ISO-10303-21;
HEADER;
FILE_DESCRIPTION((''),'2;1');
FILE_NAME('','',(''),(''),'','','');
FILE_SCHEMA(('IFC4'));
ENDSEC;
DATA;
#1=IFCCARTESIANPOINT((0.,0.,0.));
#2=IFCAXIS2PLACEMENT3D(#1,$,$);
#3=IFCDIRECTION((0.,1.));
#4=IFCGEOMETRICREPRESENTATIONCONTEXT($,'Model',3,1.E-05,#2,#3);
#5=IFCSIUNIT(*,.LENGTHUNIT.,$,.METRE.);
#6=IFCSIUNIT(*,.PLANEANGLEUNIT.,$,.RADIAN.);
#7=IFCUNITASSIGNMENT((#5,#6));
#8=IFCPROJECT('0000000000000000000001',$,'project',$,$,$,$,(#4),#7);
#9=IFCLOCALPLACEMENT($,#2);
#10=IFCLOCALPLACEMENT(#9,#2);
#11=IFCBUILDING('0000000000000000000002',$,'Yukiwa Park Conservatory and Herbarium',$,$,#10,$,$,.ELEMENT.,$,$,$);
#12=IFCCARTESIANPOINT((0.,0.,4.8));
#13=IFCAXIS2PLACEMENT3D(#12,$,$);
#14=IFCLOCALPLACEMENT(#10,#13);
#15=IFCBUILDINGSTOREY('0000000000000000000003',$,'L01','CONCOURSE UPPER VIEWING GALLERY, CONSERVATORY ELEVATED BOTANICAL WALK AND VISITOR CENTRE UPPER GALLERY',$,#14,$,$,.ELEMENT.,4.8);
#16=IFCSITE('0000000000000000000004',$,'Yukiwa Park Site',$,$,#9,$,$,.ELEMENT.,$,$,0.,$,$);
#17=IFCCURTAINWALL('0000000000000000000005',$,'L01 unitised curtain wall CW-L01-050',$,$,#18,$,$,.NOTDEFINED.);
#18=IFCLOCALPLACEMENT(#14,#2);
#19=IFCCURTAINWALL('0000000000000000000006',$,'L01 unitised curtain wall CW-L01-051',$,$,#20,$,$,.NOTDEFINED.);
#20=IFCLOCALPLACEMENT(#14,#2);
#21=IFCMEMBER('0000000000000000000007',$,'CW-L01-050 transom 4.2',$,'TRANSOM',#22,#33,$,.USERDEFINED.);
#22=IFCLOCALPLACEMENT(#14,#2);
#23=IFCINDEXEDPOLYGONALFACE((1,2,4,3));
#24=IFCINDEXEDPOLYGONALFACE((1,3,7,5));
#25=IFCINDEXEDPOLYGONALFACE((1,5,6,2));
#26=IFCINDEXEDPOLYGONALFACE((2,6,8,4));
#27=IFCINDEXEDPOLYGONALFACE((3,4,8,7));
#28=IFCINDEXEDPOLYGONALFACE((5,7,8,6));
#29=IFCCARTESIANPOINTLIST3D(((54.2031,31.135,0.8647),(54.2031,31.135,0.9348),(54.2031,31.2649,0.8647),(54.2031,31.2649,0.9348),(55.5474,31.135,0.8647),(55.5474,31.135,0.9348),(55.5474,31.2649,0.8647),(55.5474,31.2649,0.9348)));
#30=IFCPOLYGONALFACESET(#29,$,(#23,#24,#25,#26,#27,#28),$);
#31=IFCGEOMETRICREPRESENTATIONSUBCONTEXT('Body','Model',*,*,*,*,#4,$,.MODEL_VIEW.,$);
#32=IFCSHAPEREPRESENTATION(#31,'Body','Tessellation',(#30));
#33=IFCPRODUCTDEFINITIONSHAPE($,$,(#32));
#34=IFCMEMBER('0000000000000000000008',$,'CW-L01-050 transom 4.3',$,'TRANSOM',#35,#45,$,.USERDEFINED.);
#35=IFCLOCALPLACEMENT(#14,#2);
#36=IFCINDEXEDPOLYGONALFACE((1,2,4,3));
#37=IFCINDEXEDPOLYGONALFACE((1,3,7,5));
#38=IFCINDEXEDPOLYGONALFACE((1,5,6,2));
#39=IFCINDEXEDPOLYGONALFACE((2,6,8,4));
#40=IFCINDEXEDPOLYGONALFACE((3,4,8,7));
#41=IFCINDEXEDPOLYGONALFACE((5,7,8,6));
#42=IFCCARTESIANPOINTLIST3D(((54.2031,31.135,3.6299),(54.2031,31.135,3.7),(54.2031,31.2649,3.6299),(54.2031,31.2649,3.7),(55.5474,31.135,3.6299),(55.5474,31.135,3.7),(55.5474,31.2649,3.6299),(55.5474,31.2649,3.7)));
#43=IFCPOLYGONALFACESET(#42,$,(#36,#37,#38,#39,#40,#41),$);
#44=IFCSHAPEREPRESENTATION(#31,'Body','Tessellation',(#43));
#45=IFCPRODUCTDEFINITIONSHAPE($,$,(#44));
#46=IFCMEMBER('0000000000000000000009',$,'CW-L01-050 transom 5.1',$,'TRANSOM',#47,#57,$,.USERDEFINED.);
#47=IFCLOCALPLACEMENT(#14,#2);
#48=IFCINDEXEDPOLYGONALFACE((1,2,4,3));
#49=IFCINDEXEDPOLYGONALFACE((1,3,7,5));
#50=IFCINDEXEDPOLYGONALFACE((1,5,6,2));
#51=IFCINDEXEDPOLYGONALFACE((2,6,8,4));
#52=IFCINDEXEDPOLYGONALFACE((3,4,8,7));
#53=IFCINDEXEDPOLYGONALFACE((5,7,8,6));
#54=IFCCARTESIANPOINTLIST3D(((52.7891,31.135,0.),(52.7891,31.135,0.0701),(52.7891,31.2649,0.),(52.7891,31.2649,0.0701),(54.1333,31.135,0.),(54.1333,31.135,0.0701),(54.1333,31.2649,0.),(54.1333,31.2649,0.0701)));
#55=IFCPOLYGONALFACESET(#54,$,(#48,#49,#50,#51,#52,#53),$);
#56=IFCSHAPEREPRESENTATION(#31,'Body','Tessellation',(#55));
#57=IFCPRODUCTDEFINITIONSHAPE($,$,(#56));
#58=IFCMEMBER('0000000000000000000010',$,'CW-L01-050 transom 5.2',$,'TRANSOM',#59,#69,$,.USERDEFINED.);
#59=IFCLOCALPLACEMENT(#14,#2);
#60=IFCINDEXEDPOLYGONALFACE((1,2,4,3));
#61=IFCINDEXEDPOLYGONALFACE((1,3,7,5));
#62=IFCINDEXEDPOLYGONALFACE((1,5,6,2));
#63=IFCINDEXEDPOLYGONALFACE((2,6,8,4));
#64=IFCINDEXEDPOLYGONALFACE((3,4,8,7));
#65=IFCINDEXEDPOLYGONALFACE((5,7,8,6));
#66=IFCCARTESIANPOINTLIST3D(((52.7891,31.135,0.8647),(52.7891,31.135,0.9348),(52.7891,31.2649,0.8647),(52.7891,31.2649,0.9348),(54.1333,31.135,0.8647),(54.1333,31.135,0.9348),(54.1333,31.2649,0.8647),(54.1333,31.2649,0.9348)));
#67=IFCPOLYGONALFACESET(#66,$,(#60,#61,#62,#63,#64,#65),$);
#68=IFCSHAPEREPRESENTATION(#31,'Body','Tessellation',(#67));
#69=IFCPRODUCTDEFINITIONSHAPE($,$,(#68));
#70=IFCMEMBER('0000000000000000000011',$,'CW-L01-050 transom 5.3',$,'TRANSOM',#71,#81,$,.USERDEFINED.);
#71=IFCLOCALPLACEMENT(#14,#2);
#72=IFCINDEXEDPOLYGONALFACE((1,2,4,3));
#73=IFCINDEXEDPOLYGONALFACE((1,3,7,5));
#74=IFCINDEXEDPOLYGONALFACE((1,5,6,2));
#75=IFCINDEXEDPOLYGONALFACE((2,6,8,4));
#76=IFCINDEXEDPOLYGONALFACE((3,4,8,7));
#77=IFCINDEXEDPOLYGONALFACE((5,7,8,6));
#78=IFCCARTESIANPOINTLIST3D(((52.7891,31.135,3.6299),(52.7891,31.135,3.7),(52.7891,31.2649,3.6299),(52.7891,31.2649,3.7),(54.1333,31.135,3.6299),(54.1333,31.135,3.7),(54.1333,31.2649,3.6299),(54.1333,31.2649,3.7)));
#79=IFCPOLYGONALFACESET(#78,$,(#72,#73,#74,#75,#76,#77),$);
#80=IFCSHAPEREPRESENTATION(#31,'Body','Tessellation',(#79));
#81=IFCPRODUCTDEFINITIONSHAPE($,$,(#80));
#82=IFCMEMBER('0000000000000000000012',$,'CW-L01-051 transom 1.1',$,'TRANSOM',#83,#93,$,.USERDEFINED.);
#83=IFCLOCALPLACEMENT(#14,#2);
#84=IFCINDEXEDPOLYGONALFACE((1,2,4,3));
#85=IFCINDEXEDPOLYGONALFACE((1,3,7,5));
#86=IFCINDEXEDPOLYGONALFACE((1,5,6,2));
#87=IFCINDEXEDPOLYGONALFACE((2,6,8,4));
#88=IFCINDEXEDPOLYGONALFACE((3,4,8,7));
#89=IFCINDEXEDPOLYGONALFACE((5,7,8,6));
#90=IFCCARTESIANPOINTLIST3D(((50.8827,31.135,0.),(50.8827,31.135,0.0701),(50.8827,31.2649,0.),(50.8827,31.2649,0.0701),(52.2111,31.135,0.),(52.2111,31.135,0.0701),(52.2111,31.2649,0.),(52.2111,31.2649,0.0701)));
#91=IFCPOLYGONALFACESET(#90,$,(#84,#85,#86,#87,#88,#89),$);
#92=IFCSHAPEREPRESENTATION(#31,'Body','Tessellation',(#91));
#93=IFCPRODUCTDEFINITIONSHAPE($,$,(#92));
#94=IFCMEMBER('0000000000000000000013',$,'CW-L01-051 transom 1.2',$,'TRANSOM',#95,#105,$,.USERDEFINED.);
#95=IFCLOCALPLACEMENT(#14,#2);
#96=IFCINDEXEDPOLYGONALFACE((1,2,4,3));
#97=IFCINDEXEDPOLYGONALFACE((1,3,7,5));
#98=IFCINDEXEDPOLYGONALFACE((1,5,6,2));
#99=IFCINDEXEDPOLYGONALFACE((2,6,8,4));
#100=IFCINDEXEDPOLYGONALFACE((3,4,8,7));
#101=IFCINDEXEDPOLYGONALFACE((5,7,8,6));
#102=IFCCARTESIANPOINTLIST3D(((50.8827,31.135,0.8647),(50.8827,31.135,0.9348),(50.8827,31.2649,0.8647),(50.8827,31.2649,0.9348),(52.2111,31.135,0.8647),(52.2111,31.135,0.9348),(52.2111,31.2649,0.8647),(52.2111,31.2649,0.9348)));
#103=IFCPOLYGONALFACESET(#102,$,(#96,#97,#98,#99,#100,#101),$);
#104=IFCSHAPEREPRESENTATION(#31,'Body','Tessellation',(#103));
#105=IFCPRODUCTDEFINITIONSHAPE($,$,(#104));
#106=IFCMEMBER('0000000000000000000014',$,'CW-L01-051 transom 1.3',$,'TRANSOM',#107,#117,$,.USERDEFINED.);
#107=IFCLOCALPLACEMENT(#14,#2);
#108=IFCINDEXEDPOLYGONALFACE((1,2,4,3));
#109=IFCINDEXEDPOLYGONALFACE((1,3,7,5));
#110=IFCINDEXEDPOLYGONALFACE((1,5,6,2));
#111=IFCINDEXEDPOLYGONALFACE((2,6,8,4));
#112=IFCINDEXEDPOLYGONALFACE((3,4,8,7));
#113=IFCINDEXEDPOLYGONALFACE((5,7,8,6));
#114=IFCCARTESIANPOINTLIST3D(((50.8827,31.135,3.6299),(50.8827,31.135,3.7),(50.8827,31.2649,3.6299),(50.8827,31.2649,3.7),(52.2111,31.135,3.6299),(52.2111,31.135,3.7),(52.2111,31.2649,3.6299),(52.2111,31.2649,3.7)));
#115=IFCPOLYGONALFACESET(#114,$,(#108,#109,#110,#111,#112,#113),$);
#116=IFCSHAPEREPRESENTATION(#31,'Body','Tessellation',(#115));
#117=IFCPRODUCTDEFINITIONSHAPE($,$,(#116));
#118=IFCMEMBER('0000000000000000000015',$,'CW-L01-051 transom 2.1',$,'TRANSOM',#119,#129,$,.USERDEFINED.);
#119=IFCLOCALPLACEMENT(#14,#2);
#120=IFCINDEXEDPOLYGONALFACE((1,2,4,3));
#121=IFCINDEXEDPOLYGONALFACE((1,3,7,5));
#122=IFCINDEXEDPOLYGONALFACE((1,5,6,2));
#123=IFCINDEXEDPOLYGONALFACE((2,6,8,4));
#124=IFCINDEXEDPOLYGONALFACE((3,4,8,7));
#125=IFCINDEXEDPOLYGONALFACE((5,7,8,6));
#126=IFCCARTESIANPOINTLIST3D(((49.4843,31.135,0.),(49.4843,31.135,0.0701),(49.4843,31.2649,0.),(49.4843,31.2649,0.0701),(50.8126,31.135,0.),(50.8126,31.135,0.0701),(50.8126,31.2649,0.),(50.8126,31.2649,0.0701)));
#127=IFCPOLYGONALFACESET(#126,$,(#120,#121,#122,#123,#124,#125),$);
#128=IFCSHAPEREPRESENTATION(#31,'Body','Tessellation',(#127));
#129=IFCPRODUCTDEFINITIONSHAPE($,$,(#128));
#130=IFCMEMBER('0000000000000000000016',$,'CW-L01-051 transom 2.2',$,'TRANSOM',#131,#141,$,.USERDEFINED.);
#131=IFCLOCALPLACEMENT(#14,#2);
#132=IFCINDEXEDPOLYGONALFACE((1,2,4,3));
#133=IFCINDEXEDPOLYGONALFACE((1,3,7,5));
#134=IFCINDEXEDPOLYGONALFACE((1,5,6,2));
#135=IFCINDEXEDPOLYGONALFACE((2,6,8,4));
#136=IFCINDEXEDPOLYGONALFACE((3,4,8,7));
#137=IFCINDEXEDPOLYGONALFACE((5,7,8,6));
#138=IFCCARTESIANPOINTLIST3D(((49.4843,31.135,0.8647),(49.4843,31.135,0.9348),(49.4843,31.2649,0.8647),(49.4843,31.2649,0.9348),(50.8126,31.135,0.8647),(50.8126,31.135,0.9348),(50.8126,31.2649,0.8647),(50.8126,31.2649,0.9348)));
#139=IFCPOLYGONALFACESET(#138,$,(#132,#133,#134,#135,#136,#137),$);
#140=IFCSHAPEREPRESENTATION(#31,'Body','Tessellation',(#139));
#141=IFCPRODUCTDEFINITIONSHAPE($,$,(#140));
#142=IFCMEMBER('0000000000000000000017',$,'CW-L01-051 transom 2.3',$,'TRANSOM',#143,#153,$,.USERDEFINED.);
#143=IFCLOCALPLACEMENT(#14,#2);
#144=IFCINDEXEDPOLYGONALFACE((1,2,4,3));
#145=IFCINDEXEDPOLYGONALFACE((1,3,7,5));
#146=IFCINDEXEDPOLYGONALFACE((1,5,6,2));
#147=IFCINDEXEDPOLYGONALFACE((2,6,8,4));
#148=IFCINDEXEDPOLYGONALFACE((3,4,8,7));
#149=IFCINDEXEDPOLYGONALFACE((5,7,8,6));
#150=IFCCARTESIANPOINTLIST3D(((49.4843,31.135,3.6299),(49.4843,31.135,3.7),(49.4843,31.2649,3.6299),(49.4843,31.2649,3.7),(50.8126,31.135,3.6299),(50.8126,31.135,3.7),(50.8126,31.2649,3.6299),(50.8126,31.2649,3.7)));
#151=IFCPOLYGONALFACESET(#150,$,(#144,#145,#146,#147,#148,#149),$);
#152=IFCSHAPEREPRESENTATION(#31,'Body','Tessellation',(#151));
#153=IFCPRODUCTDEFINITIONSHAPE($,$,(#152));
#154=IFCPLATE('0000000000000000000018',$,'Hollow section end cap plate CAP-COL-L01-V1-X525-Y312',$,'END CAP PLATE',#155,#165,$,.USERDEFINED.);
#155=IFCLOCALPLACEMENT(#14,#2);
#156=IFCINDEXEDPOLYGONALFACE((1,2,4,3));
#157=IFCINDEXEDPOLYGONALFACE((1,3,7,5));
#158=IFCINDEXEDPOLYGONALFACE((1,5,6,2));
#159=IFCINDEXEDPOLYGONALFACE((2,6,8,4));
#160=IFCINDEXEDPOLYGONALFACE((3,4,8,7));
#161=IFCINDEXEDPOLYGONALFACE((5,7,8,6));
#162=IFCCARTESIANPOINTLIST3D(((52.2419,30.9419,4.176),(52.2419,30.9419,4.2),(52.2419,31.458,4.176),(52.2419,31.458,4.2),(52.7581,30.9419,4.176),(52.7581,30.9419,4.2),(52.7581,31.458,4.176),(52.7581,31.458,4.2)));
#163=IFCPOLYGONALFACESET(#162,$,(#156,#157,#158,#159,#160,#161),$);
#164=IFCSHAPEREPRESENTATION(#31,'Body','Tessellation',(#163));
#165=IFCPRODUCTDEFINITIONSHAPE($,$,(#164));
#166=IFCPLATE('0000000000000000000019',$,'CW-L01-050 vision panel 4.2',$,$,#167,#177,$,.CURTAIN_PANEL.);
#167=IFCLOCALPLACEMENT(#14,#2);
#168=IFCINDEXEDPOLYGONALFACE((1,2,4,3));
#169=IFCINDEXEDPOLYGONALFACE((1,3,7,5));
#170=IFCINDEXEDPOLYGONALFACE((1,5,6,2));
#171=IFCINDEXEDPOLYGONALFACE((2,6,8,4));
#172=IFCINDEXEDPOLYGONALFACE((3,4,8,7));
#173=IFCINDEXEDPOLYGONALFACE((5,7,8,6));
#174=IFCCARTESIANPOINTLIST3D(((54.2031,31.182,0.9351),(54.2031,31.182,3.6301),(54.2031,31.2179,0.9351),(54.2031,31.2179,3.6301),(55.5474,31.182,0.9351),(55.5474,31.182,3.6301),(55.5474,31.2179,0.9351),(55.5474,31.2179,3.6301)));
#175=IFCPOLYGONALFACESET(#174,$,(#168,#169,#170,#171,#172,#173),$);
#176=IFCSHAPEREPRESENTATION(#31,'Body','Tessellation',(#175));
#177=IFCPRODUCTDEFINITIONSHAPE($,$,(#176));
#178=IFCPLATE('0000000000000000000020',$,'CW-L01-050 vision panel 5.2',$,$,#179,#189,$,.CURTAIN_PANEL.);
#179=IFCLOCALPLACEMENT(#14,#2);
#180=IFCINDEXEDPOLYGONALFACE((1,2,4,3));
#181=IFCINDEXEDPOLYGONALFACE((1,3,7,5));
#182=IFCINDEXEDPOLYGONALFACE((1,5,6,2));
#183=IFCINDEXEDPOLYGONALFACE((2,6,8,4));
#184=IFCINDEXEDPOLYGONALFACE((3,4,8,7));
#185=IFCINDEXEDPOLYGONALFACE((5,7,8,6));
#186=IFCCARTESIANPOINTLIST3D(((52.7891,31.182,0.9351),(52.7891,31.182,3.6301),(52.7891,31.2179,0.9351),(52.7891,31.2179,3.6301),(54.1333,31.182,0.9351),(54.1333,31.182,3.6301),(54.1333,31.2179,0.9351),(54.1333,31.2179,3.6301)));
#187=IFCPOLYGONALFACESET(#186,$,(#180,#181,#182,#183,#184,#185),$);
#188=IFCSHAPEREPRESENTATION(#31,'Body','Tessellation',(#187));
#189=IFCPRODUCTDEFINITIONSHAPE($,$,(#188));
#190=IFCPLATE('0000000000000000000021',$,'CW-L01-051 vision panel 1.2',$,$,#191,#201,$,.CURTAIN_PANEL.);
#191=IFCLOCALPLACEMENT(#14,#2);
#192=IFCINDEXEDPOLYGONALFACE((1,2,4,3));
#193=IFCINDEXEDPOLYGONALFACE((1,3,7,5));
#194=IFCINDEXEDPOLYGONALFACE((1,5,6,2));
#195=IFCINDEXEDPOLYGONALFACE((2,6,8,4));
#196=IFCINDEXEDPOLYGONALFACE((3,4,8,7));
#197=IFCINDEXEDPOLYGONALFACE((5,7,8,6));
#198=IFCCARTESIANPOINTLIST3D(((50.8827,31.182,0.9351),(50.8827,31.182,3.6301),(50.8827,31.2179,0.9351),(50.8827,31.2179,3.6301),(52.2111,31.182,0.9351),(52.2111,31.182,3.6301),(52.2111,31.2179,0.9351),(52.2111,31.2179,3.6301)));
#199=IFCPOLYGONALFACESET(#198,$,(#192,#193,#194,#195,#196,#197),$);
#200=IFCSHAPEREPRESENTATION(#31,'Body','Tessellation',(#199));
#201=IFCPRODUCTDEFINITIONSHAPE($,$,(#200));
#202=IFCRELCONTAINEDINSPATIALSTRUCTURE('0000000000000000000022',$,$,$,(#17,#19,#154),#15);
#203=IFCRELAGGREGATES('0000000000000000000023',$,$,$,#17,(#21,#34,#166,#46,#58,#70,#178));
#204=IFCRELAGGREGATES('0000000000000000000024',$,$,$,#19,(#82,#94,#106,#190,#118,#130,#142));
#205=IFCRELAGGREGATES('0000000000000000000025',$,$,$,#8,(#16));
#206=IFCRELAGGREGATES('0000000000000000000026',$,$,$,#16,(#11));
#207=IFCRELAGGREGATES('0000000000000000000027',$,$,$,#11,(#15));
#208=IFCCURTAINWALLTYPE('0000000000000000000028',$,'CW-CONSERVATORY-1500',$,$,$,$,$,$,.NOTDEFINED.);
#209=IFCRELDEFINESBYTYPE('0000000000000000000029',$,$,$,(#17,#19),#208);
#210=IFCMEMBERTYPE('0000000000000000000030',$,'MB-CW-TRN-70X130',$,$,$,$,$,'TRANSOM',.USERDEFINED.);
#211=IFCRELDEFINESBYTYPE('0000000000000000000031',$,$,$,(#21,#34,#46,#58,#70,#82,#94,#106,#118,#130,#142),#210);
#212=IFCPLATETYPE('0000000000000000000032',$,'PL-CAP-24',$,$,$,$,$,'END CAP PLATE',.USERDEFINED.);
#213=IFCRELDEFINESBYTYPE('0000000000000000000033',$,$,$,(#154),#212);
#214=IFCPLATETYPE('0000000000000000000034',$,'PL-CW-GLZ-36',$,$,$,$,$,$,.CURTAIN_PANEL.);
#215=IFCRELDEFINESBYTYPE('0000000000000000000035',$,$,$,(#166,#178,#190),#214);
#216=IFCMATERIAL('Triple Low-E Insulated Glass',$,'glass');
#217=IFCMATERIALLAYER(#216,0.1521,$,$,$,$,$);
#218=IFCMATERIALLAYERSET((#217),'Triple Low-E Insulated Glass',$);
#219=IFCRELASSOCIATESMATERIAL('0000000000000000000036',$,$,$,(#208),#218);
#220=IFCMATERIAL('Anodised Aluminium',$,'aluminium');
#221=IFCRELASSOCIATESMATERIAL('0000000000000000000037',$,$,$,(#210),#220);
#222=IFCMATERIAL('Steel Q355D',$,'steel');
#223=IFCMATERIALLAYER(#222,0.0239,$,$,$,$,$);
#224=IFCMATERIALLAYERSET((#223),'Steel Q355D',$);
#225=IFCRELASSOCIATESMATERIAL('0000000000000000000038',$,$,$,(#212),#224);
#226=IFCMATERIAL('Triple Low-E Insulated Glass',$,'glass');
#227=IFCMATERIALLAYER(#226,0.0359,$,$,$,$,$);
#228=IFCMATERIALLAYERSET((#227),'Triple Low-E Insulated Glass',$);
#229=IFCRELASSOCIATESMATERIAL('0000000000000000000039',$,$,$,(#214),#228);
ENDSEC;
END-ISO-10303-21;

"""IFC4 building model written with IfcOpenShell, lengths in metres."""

from ifc_helpers import new_model, si_unit, direction, frame, origin, origin_2d, place, context, subcontext, project, spatial, rectangle, extrude, material, layer, layer_set, type_object, element, aggregate, save


model = new_model("IFC4")

# Units and contexts
model_context = context("Model", 3, precision=1e-05, world=origin(), true_north=direction((0.0, 1.0)))
body_context = subcontext(model_context, "Body", "Model", "MODEL_VIEW")
ifc_project = project(units=[si_unit("LENGTHUNIT", "METRE"), si_unit("PLANEANGLEUNIT", "RADIAN")], contexts=[model_context])

# Site, building, storey
site_placement = place(None, origin())
site = spatial("IfcSite", under=ifc_project, at=site_placement, Name="Yukiwa Park Site", CompositionType="ELEMENT", RefElevation=0.0)
building_placement = place(site_placement, origin())
building = spatial("IfcBuilding", under=site, at=building_placement, Name="Yukiwa Park Conservatory and Herbarium", CompositionType="ELEMENT")
storey_placement = place(building_placement, frame((0.0, 0.0, 4.8)))
storey = spatial("IfcBuildingStorey", under=building, at=storey_placement, Name="L01", Description="CONCOURSE UPPER VIEWING GALLERY, CONSERVATORY ELEVATED BOTANICAL WALK AND VISITOR CENTRE UPPER GALLERY", CompositionType="ELEMENT", Elevation=4.8)

# Curtain walls
ifc_material_1 = material(Name="Triple Low-E Insulated Glass", Category="glass")
ifc_layer_1 = layer(ifc_material_1, 0.1521)
ifc_layer_set_1 = layer_set([ifc_layer_1], Name="Triple Low-E Insulated Glass")
curtain_wall_type = type_object("IfcCurtainWallType", Name="CW-CONSERVATORY-1500", PredefinedType="NOTDEFINED", material=ifc_layer_set_1)
curtain_wall_1_placement = place(storey_placement, origin())
curtain_wall_1 = element("IfcCurtainWall", 1, at=curtain_wall_1_placement, inside=storey, type_object=curtain_wall_type, Name="L01 unitised curtain wall CW-L01-050", PredefinedType="NOTDEFINED")
curtain_wall_2_placement = place(storey_placement, origin())
curtain_wall_2 = element("IfcCurtainWall", 2, at=curtain_wall_2_placement, inside=storey, type_object=curtain_wall_type, Name="L01 unitised curtain wall CW-L01-051", PredefinedType="NOTDEFINED")

# Members
ifc_material_2 = material(Name="Anodised Aluminium", Category="aluminium")
member_type_1 = type_object("IfcMemberType", Name="MB-CW-TRN-70X130", ElementType="TRANSOM", PredefinedType="USERDEFINED", material=ifc_material_2)
member_1_placement = place(storey_placement, frame((54.8752, 31.2, 0.8647), z_axis=(0.0, 0.0, 1.0), x_axis=(-1.0, 0.0, 0.0)))
member_1 = element("IfcMember", 3, at=member_1_placement, type_object=member_type_1, Name="CW-L01-050 transom 4.2", ObjectType="TRANSOM", PredefinedType="USERDEFINED", context=body_context, shape_type="SweptSolid", body=[
    extrude(rectangle(XDim=1.3442, YDim=0.1299, at=origin_2d()), origin(), (0.0, 0.0, 1.0), 0.0701),
])
member_2_placement = place(storey_placement, frame((54.8752, 31.2, 3.6299), z_axis=(0.0, 0.0, 1.0), x_axis=(-1.0, 0.0, 0.0)))
member_2 = element("IfcMember", 4, at=member_2_placement, type_object=member_type_1, Name="CW-L01-050 transom 4.3", ObjectType="TRANSOM", PredefinedType="USERDEFINED", context=body_context, shape_type="SweptSolid", body=[
    extrude(rectangle(XDim=1.3442, YDim=0.1299, at=origin_2d()), origin(), (0.0, 0.0, 1.0), 0.0701),
])
member_3_placement = place(storey_placement, frame((53.4612, 31.2, 0.0), z_axis=(0.0, 0.0, 1.0), x_axis=(-1.0, 0.0, 0.0)))
member_3 = element("IfcMember", 5, at=member_3_placement, type_object=member_type_1, Name="CW-L01-050 transom 5.1", ObjectType="TRANSOM", PredefinedType="USERDEFINED", context=body_context, shape_type="SweptSolid", body=[
    extrude(rectangle(XDim=1.3442, YDim=0.1299, at=origin_2d()), origin(), (0.0, 0.0, 1.0), 0.0701),
])
member_4_placement = place(storey_placement, frame((53.4612, 31.2, 0.8647), z_axis=(0.0, 0.0, 1.0), x_axis=(-1.0, 0.0, 0.0)))
member_4 = element("IfcMember", 6, at=member_4_placement, type_object=member_type_1, Name="CW-L01-050 transom 5.2", ObjectType="TRANSOM", PredefinedType="USERDEFINED", context=body_context, shape_type="SweptSolid", body=[
    extrude(rectangle(XDim=1.3442, YDim=0.1299, at=origin_2d()), origin(), (0.0, 0.0, 1.0), 0.0701),
])
member_5_placement = place(storey_placement, frame((53.4612, 31.2, 3.6299), z_axis=(0.0, 0.0, 1.0), x_axis=(-1.0, 0.0, 0.0)))
member_5 = element("IfcMember", 7, at=member_5_placement, type_object=member_type_1, Name="CW-L01-050 transom 5.3", ObjectType="TRANSOM", PredefinedType="USERDEFINED", context=body_context, shape_type="SweptSolid", body=[
    extrude(rectangle(XDim=1.3442, YDim=0.1299, at=origin_2d()), origin(), (0.0, 0.0, 1.0), 0.0701),
])
member_6_placement = place(storey_placement, frame((51.5469, 31.2, 0.0), z_axis=(0.0, 0.0, 1.0), x_axis=(-1.0, 0.0, 0.0)))
member_6 = element("IfcMember", 8, at=member_6_placement, type_object=member_type_1, Name="CW-L01-051 transom 1.1", ObjectType="TRANSOM", PredefinedType="USERDEFINED", context=body_context, shape_type="SweptSolid", body=[
    extrude(rectangle(XDim=1.3284, YDim=0.1299, at=origin_2d()), origin(), (0.0, 0.0, 1.0), 0.0701),
])
member_7_placement = place(storey_placement, frame((51.5469, 31.2, 0.8647), z_axis=(0.0, 0.0, 1.0), x_axis=(-1.0, 0.0, 0.0)))
member_7 = element("IfcMember", 9, at=member_7_placement, type_object=member_type_1, Name="CW-L01-051 transom 1.2", ObjectType="TRANSOM", PredefinedType="USERDEFINED", context=body_context, shape_type="SweptSolid", body=[
    extrude(rectangle(XDim=1.3284, YDim=0.1299, at=origin_2d()), origin(), (0.0, 0.0, 1.0), 0.0701),
])
member_8_placement = place(storey_placement, frame((51.5469, 31.2, 3.6299), z_axis=(0.0, 0.0, 1.0), x_axis=(-1.0, 0.0, 0.0)))
member_8 = element("IfcMember", 10, at=member_8_placement, type_object=member_type_1, Name="CW-L01-051 transom 1.3", ObjectType="TRANSOM", PredefinedType="USERDEFINED", context=body_context, shape_type="SweptSolid", body=[
    extrude(rectangle(XDim=1.3284, YDim=0.1299, at=origin_2d()), origin(), (0.0, 0.0, 1.0), 0.0701),
])
member_9_placement = place(storey_placement, frame((50.1484, 31.2, 0.0), z_axis=(0.0, 0.0, 1.0), x_axis=(-1.0, 0.0, 0.0)))
member_9 = element("IfcMember", 11, at=member_9_placement, type_object=member_type_1, Name="CW-L01-051 transom 2.1", ObjectType="TRANSOM", PredefinedType="USERDEFINED", context=body_context, shape_type="SweptSolid", body=[
    extrude(rectangle(XDim=1.3284, YDim=0.1299, at=origin_2d()), origin(), (0.0, 0.0, 1.0), 0.0701),
])
member_10_placement = place(storey_placement, frame((50.1484, 31.2, 0.8647), z_axis=(0.0, 0.0, 1.0), x_axis=(-1.0, 0.0, 0.0)))
member_10 = element("IfcMember", 12, at=member_10_placement, type_object=member_type_1, Name="CW-L01-051 transom 2.2", ObjectType="TRANSOM", PredefinedType="USERDEFINED", context=body_context, shape_type="SweptSolid", body=[
    extrude(rectangle(XDim=1.3284, YDim=0.1299, at=origin_2d()), origin(), (0.0, 0.0, 1.0), 0.0701),
])
member_11_placement = place(storey_placement, frame((50.1484, 31.2, 3.6299), z_axis=(0.0, 0.0, 1.0), x_axis=(-1.0, 0.0, 0.0)))
member_11 = element("IfcMember", 13, at=member_11_placement, type_object=member_type_1, Name="CW-L01-051 transom 2.3", ObjectType="TRANSOM", PredefinedType="USERDEFINED", context=body_context, shape_type="SweptSolid", body=[
    extrude(rectangle(XDim=1.3284, YDim=0.1299, at=origin_2d()), origin(), (0.0, 0.0, 1.0), 0.0701),
])

# Plates
ifc_material_3 = material(Name="Steel Q355D", Category="steel")
ifc_layer_2 = layer(ifc_material_3, 0.0239)
ifc_layer_set_2 = layer_set([ifc_layer_2], Name="Steel Q355D")
plate_type_1 = type_object("IfcPlateType", Name="PL-CAP-24", ElementType="END CAP PLATE", PredefinedType="USERDEFINED", material=ifc_layer_set_2)
plate_1_placement = place(storey_placement, frame((52.5, 31.2, 4.176), z_axis=(0.0, 0.0, 1.0), x_axis=(1.0, 0.0, 0.0)))
element("IfcPlate", 14, at=plate_1_placement, inside=storey, type_object=plate_type_1, Name="Hollow section end cap plate CAP-COL-L01-V1-X525-Y312", ObjectType="END CAP PLATE", PredefinedType="USERDEFINED", context=body_context, shape_type="SweptSolid", body=[
    extrude(rectangle(XDim=0.5161, YDim=0.5161, at=origin_2d()), origin(), (0.0, 0.0, 1.0), 0.0239),
])
ifc_material_4 = material(Name="Triple Low-E Insulated Glass", Category="glass")
ifc_layer_3 = layer(ifc_material_4, 0.0359)
ifc_layer_set_3 = layer_set([ifc_layer_3], Name="Triple Low-E Insulated Glass")
plate_type_2 = type_object("IfcPlateType", Name="PL-CW-GLZ-36", PredefinedType="CURTAIN_PANEL", material=ifc_layer_set_3)
plate_2_placement = place(storey_placement, frame((54.8752, 31.2, 0.9351), z_axis=(0.0, 0.0, 1.0), x_axis=(-1.0, 0.0, 0.0)))
plate_2 = element("IfcPlate", 15, at=plate_2_placement, type_object=plate_type_2, Name="CW-L01-050 vision panel 4.2", PredefinedType="CURTAIN_PANEL", context=body_context, shape_type="SweptSolid", body=[
    extrude(rectangle(XDim=1.3442, YDim=0.0359, at=origin_2d()), origin(), (0.0, 0.0, 1.0), 2.6951),
])
plate_3_placement = place(storey_placement, frame((53.4612, 31.2, 0.9351), z_axis=(0.0, 0.0, 1.0), x_axis=(-1.0, 0.0, 0.0)))
plate_3 = element("IfcPlate", 16, at=plate_3_placement, type_object=plate_type_2, Name="CW-L01-050 vision panel 5.2", PredefinedType="CURTAIN_PANEL", context=body_context, shape_type="SweptSolid", body=[
    extrude(rectangle(XDim=1.3442, YDim=0.0359, at=origin_2d()), origin(), (0.0, 0.0, 1.0), 2.6951),
])
plate_4_placement = place(storey_placement, frame((51.5469, 31.2, 0.9351), z_axis=(0.0, 0.0, 1.0), x_axis=(-1.0, 0.0, 0.0)))
plate_4 = element("IfcPlate", 17, at=plate_4_placement, type_object=plate_type_2, Name="CW-L01-051 vision panel 1.2", PredefinedType="CURTAIN_PANEL", context=body_context, shape_type="SweptSolid", body=[
    extrude(rectangle(XDim=1.3284, YDim=0.0359, at=origin_2d()), origin(), (0.0, 0.0, 1.0), 2.6951),
])
aggregate(curtain_wall_1, [member_1, member_2, plate_2, member_3, member_4, member_5, plate_3])
aggregate(curtain_wall_2, [member_6, member_7, member_8, plate_4, member_9, member_10, member_11])

save(model, "model.ifc")
